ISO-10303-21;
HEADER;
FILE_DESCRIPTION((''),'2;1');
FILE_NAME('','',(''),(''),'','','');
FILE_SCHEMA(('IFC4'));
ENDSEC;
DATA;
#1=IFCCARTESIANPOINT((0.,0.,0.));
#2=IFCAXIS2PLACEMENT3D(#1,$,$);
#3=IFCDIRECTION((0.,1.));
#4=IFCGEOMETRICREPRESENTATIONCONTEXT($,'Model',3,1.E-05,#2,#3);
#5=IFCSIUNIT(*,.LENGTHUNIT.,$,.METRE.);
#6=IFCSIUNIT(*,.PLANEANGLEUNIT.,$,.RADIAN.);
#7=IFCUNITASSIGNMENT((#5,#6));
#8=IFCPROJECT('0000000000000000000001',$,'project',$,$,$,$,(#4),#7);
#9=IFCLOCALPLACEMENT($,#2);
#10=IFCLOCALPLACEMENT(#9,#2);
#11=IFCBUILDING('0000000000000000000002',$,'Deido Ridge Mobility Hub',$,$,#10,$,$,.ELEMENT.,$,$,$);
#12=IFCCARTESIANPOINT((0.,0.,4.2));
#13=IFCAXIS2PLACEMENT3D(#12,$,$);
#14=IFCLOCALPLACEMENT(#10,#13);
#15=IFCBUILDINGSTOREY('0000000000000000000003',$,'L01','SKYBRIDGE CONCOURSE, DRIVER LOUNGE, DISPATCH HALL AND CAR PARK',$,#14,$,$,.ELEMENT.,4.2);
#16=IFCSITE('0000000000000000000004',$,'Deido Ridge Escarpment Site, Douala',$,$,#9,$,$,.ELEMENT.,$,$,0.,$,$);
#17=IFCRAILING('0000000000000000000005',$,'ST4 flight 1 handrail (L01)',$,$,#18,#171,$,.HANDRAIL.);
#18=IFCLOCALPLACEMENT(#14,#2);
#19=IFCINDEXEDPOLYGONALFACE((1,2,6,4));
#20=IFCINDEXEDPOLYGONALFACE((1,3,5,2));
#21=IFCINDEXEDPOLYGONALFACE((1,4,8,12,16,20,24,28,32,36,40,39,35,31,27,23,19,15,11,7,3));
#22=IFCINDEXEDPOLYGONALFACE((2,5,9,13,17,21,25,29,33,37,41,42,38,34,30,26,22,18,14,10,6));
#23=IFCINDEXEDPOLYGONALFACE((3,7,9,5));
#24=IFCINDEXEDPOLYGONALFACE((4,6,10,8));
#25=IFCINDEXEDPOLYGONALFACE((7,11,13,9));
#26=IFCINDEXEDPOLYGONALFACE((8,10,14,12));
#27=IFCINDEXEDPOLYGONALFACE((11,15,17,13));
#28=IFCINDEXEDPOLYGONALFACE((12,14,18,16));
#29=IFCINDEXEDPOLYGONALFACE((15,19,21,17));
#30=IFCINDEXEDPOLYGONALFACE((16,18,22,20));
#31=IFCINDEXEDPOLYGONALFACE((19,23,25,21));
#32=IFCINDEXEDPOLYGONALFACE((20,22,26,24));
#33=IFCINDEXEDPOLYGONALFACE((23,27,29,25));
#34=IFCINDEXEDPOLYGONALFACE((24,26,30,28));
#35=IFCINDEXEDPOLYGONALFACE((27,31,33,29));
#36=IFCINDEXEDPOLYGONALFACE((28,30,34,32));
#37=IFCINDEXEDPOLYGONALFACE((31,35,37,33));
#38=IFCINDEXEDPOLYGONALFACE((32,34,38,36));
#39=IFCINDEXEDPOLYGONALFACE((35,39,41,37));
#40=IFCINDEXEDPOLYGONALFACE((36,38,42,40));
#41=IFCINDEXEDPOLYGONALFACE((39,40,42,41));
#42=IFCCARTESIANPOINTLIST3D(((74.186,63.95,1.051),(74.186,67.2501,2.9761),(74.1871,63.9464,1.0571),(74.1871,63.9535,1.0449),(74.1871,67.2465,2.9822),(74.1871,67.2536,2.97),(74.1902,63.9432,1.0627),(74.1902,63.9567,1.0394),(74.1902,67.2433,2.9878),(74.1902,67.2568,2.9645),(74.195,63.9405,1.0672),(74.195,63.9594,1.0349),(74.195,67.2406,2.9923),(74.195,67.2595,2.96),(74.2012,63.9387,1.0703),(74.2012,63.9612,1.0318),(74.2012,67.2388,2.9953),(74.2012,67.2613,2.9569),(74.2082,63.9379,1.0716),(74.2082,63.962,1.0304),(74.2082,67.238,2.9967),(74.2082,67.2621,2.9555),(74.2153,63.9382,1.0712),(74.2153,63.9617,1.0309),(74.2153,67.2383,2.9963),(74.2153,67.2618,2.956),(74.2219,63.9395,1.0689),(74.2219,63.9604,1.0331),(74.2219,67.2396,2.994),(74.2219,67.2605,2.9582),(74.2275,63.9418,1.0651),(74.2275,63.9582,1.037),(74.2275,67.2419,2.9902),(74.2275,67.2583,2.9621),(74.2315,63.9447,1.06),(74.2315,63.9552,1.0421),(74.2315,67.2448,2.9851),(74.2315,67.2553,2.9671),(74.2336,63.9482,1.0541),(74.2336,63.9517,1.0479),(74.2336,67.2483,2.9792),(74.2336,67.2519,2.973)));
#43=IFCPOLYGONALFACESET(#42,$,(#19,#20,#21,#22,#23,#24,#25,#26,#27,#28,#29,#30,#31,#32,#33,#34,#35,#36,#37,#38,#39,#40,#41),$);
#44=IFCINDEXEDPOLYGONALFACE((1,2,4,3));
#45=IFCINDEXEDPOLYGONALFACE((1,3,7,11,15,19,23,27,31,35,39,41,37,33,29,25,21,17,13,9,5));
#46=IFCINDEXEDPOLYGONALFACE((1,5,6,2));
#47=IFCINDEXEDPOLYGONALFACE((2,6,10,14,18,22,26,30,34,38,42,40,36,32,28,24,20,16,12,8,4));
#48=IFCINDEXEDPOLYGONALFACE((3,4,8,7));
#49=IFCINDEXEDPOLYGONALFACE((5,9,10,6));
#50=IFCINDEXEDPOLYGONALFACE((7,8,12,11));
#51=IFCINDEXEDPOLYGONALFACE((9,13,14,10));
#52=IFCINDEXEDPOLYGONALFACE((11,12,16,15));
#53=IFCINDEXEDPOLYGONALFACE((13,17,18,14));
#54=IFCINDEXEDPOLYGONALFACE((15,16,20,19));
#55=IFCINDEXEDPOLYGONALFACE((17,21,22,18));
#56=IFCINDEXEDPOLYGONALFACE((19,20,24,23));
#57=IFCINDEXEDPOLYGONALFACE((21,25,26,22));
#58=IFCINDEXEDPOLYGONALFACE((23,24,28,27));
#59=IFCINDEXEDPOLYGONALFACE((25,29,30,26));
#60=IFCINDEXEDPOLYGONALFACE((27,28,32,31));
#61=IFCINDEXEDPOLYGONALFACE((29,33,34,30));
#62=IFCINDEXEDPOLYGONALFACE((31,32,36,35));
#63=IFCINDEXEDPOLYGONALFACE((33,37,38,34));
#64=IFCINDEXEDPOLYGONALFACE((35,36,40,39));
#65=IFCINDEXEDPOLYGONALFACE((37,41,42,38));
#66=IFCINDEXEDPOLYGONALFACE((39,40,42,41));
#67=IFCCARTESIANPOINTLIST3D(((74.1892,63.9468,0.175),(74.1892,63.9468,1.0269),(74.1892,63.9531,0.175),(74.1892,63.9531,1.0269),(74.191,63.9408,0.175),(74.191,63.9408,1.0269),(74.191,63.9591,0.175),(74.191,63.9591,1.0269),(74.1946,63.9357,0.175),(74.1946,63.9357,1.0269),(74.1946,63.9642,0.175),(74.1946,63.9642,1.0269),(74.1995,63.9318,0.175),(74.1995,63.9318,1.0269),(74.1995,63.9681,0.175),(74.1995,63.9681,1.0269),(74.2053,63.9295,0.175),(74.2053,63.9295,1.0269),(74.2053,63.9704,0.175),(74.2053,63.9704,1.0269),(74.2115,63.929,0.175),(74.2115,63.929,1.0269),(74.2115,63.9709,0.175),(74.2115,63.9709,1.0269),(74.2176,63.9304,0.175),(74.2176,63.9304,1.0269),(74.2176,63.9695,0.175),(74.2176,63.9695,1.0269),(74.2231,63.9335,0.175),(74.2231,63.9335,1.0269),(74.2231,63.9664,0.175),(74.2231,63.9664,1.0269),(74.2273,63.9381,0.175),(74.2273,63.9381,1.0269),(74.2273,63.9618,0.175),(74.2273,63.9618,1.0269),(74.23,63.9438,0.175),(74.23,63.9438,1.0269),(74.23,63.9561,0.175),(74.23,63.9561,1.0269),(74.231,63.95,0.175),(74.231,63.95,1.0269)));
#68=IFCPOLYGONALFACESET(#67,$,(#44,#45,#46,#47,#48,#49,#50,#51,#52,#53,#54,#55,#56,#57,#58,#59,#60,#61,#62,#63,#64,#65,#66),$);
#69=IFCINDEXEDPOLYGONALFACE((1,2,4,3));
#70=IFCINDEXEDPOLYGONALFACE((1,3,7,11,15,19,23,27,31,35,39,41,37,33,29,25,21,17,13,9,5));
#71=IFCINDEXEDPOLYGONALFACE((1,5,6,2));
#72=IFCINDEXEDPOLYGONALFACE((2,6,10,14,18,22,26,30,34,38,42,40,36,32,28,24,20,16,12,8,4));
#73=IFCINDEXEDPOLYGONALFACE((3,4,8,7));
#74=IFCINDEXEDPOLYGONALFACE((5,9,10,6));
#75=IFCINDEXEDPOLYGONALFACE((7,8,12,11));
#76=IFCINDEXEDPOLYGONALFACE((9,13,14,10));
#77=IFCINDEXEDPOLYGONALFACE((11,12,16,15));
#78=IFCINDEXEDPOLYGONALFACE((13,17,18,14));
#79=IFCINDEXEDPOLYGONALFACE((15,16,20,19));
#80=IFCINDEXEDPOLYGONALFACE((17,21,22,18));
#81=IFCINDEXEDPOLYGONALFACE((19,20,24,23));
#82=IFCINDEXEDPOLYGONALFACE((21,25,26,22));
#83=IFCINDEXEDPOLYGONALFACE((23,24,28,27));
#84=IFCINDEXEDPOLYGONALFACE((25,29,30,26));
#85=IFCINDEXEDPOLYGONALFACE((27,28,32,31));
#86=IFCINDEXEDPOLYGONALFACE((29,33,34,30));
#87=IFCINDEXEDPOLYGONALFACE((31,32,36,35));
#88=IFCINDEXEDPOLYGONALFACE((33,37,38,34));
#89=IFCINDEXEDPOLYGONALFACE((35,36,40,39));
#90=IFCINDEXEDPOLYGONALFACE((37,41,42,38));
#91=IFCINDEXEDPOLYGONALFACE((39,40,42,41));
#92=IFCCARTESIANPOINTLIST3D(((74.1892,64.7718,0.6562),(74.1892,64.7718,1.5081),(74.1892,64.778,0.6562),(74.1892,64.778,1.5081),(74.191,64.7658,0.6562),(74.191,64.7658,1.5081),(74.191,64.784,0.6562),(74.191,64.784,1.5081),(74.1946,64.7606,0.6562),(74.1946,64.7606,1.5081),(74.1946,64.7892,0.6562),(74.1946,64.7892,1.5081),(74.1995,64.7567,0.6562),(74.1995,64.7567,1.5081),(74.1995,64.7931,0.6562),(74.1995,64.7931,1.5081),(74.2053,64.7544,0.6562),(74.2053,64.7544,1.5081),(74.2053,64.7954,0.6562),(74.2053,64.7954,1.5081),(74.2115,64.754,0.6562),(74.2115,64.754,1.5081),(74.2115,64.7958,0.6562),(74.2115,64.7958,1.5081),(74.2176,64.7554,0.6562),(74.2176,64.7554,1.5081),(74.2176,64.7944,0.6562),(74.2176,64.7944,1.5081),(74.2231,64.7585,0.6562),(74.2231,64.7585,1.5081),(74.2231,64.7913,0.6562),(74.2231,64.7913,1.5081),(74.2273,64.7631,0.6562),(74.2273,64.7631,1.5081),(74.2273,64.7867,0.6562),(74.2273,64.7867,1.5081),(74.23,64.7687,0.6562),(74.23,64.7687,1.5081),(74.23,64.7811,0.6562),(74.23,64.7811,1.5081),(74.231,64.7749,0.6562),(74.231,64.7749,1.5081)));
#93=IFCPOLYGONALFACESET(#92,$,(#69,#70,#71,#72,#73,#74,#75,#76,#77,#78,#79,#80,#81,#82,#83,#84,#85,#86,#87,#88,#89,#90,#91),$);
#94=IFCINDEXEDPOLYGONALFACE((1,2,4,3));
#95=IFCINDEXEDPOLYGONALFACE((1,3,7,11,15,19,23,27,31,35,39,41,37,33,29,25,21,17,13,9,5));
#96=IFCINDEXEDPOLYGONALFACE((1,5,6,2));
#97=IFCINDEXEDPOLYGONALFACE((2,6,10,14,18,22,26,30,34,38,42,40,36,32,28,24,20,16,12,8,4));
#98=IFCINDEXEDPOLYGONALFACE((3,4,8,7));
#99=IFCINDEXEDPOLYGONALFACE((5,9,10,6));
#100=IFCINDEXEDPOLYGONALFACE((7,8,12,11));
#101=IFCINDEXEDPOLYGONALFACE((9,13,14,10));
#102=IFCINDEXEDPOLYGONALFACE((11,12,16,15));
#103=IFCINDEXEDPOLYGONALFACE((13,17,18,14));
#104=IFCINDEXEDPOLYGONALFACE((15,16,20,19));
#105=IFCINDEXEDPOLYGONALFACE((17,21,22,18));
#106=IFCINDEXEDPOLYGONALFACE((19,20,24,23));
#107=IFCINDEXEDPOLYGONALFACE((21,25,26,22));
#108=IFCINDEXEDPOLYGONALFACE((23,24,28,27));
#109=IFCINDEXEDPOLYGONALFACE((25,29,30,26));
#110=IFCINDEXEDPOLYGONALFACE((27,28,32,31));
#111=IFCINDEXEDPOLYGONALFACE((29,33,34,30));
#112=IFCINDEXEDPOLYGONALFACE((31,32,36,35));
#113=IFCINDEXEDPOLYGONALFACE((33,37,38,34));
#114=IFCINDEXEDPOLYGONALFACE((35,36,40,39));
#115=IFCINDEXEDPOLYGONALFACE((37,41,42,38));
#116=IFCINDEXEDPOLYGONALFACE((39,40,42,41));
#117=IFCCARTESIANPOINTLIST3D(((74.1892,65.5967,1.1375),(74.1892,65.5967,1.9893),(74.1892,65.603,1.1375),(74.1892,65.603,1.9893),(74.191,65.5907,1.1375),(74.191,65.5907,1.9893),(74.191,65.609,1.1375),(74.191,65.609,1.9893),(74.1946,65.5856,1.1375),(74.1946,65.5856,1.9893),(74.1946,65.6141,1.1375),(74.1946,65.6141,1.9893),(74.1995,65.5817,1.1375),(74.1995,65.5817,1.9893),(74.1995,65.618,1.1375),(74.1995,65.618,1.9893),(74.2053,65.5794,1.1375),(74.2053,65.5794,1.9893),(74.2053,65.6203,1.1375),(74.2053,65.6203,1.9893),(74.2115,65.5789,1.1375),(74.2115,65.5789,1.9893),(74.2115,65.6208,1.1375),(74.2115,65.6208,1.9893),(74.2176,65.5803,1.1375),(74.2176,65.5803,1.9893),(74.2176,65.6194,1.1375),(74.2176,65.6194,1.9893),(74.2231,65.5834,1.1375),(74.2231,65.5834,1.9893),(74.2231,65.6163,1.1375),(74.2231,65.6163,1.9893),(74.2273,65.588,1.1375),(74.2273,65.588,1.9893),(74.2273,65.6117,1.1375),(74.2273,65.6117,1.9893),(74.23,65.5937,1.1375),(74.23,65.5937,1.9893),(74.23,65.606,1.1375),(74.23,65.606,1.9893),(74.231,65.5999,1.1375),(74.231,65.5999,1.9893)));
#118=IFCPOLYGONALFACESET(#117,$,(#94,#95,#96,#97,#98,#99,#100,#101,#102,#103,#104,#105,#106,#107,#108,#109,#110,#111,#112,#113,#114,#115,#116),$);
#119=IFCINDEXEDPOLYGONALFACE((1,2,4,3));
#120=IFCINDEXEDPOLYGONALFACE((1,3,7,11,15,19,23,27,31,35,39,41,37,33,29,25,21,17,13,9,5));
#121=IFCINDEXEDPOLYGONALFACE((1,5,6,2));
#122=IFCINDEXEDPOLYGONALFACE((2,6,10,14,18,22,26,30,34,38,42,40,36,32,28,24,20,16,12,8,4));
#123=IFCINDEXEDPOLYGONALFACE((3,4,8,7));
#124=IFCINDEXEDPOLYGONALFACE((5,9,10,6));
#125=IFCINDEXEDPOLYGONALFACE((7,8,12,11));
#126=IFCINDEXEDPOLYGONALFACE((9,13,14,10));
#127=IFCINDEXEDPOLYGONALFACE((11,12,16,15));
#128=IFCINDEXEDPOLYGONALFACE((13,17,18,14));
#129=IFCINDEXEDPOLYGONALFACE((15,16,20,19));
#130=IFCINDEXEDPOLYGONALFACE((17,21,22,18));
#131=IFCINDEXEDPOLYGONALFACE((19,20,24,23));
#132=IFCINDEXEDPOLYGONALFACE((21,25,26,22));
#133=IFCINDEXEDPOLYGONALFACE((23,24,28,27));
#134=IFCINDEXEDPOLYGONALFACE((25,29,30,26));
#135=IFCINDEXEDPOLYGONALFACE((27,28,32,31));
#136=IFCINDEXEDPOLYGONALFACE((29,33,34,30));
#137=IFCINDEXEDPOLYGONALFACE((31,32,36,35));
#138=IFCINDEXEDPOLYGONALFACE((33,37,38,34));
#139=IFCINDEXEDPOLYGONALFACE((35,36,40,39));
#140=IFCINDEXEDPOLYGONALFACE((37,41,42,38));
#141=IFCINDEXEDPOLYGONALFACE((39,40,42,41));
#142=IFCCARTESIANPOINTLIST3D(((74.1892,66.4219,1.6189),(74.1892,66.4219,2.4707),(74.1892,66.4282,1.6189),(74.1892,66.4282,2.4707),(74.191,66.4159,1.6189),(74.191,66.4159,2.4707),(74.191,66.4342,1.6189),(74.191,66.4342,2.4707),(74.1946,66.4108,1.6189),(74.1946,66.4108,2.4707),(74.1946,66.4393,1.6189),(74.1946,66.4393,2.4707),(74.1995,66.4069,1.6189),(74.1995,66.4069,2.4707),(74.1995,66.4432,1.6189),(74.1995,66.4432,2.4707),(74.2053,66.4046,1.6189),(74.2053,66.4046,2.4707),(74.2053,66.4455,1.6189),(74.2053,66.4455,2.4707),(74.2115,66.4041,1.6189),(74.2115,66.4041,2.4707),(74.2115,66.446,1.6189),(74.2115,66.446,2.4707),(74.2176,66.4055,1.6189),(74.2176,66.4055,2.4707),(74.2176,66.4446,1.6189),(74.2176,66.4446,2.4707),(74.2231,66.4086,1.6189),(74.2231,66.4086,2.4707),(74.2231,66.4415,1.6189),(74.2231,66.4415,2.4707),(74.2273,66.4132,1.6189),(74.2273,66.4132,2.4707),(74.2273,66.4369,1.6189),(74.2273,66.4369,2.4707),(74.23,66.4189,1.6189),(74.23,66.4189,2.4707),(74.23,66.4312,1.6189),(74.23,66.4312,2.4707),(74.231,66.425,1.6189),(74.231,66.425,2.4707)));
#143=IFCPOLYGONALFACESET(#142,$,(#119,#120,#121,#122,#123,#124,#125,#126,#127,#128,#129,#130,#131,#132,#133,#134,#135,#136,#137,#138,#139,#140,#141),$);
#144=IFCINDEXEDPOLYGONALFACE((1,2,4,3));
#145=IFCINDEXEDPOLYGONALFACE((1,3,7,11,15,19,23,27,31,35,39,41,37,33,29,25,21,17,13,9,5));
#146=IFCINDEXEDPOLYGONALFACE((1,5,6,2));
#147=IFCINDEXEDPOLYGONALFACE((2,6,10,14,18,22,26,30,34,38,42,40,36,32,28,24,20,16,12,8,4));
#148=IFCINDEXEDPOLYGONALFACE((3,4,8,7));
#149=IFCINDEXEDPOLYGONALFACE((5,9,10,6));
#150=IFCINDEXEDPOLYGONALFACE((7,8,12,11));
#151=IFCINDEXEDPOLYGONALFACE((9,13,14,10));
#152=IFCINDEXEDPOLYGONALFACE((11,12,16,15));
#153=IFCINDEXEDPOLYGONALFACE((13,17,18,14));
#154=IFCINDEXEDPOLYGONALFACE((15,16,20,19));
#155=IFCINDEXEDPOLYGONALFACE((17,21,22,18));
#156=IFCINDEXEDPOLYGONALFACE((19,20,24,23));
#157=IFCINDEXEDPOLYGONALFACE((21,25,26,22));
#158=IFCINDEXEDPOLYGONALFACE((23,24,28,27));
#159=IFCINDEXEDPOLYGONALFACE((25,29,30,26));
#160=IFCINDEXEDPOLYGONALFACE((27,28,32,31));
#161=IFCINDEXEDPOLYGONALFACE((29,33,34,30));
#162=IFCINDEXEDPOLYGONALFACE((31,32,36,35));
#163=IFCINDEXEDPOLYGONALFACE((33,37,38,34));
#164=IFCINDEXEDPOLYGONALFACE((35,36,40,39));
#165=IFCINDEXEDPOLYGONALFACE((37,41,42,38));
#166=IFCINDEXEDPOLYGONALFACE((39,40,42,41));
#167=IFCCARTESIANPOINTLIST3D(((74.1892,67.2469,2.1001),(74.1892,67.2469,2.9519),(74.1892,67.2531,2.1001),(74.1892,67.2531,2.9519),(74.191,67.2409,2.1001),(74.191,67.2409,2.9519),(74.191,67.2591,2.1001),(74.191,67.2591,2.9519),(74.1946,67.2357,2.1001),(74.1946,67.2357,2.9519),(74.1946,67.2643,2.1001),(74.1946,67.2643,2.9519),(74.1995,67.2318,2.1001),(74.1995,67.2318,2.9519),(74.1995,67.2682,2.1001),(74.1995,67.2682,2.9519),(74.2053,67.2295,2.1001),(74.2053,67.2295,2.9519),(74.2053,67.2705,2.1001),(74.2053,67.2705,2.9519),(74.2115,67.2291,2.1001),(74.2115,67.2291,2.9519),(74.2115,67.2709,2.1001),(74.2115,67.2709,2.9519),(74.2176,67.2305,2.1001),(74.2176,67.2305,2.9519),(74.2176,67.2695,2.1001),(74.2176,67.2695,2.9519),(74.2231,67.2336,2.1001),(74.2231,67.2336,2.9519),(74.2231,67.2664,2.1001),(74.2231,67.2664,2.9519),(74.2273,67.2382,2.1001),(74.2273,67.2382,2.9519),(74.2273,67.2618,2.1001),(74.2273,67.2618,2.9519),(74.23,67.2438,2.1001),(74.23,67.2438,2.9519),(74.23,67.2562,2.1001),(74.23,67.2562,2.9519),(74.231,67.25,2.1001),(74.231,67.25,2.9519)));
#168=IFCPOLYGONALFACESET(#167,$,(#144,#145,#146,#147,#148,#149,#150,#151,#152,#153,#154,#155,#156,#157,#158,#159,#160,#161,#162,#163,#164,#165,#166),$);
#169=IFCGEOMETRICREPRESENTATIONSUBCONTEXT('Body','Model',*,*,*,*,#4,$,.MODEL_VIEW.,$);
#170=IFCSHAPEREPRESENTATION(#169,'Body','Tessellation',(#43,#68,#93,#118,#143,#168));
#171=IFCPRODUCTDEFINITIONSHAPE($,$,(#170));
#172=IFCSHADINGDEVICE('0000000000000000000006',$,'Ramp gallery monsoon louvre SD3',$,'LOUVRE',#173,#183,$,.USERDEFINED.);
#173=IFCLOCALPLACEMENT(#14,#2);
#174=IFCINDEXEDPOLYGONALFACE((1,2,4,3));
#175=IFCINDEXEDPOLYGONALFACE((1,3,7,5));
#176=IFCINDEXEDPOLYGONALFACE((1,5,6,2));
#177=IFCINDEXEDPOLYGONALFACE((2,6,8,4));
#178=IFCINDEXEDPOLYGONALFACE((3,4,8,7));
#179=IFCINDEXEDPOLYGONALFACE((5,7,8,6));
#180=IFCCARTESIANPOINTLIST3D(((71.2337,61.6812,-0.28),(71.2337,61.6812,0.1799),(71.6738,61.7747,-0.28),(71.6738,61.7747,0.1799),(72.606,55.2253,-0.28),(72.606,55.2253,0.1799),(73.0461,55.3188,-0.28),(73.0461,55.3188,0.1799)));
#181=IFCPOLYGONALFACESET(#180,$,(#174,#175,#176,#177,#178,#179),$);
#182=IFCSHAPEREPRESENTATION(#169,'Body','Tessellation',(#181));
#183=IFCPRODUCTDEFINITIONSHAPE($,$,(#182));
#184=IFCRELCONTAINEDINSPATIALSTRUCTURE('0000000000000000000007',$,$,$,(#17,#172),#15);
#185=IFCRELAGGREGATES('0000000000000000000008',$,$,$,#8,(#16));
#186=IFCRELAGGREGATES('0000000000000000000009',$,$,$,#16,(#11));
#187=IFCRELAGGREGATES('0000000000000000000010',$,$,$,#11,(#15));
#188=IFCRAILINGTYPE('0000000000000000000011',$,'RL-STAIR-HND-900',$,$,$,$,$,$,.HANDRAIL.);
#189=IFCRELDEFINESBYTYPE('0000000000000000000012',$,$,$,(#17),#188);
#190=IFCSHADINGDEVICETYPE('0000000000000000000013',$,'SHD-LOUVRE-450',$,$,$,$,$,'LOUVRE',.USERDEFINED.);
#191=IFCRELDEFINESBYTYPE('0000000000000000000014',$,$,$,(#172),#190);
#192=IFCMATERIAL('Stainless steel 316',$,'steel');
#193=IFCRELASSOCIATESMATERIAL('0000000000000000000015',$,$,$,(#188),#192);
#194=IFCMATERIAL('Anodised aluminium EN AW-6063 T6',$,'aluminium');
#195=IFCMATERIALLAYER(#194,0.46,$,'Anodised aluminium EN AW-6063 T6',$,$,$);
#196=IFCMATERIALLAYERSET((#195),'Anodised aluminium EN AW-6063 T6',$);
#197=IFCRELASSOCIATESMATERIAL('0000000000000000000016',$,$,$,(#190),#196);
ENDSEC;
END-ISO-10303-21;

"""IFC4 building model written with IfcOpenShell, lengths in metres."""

from ifc_helpers import new_model, si_unit, direction, frame, origin, origin_2d, place, context, subcontext, project, spatial, rectangle, circle, extrude, material, layer, layer_set, type_object, element, save


model = new_model("IFC4")

# Units and contexts
model_context = context("Model", 3, precision=1e-05, world=origin(), true_north=direction((0.0, 1.0)))
body_context = subcontext(model_context, "Body", "Model", "MODEL_VIEW")
ifc_project = project(units=[si_unit("LENGTHUNIT", "METRE"), si_unit("PLANEANGLEUNIT", "RADIAN")], contexts=[model_context])

# Site, building, storey
site_placement = place(None, origin())
site = spatial("IfcSite", under=ifc_project, at=site_placement, Name="Deido Ridge Escarpment Site, Douala", CompositionType="ELEMENT", RefElevation=0.0)
building_placement = place(site_placement, origin())
building = spatial("IfcBuilding", under=site, at=building_placement, Name="Deido Ridge Mobility Hub", CompositionType="ELEMENT")
storey_placement = place(building_placement, frame((0.0, 0.0, 4.2)))
storey = spatial("IfcBuildingStorey", under=building, at=storey_placement, Name="L01", Description="SKYBRIDGE CONCOURSE, DRIVER LOUNGE, DISPATCH HALL AND CAR PARK", CompositionType="ELEMENT", Elevation=4.2)

# Shared definitions
ifc_material_1 = material(Name="Anodised aluminium EN AW-6063 T6", Category="aluminium")

# Shared definitions
ifc_material_2 = material(Name="Stainless steel 316", Category="steel")

# Railing
railing_type = type_object("IfcRailingType", Name="RL-STAIR-HND-900", PredefinedType="HANDRAIL", material=ifc_material_2)
railing_placement = place(storey_placement, frame((74.21, 63.95, 0.175)))
element("IfcRailing", 1, at=railing_placement, inside=storey, type_object=railing_type, Name="ST4 flight 1 handrail (L01)", PredefinedType="HANDRAIL", context=body_context, shape_type="SweptSolid", body=[
    extrude(circle(Radius=0.0239, at=origin_2d()), frame((0.0, 0.0, 0.876), z_axis=(0.0, 0.863777, 0.503875), x_axis=(-1.0, 0.0, 0.0)), (0.0, 0.0, 1.0), 3.8206),
    extrude(circle(Radius=0.021, at=origin_2d()), origin(), (0.0, 0.0, 1.0), 0.8518),
    extrude(circle(Radius=0.021, at=origin_2d()), frame((0.0, 0.825, 0.4812)), (0.0, 0.0, 1.0), 0.8518),
    extrude(circle(Radius=0.021, at=origin_2d()), frame((0.0, 1.6499, 0.9624)), (0.0, 0.0, 1.0), 0.8518),
    extrude(circle(Radius=0.021, at=origin_2d()), frame((0.0, 2.4751, 1.4438)), (0.0, 0.0, 1.0), 0.8518),
    extrude(circle(Radius=0.021, at=origin_2d()), frame((0.0, 3.3, 1.925)), (0.0, 0.0, 1.0), 0.8518),
])

# Shading device
ifc_layer_1 = layer(ifc_material_1, 0.46, Name="Anodised aluminium EN AW-6063 T6")
ifc_layer_set_1 = layer_set([ifc_layer_1], Name="Anodised aluminium EN AW-6063 T6")
shading_device_type = type_object("IfcShadingDeviceType", Name="SHD-LOUVRE-450", ElementType="LOUVRE", PredefinedType="USERDEFINED", material=ifc_layer_set_1)
shading_device_placement = place(storey_placement, frame((72.1399, 58.5, -0.28), z_axis=(0.0, 0.0, 1.0), x_axis=(-0.207912, 0.978148, 0.0)))
element("IfcShadingDevice", 2, at=shading_device_placement, inside=storey, type_object=shading_device_type, Name="Ramp gallery monsoon louvre SD3", ObjectType="LOUVRE", PredefinedType="USERDEFINED", context=body_context, shape_type="SweptSolid", body=[
    extrude(rectangle(XDim=6.6001, YDim=0.45, at=origin_2d()), origin(), (0.0, 0.0, 1.0), 0.46),
])

save(model, "model.ifc")
